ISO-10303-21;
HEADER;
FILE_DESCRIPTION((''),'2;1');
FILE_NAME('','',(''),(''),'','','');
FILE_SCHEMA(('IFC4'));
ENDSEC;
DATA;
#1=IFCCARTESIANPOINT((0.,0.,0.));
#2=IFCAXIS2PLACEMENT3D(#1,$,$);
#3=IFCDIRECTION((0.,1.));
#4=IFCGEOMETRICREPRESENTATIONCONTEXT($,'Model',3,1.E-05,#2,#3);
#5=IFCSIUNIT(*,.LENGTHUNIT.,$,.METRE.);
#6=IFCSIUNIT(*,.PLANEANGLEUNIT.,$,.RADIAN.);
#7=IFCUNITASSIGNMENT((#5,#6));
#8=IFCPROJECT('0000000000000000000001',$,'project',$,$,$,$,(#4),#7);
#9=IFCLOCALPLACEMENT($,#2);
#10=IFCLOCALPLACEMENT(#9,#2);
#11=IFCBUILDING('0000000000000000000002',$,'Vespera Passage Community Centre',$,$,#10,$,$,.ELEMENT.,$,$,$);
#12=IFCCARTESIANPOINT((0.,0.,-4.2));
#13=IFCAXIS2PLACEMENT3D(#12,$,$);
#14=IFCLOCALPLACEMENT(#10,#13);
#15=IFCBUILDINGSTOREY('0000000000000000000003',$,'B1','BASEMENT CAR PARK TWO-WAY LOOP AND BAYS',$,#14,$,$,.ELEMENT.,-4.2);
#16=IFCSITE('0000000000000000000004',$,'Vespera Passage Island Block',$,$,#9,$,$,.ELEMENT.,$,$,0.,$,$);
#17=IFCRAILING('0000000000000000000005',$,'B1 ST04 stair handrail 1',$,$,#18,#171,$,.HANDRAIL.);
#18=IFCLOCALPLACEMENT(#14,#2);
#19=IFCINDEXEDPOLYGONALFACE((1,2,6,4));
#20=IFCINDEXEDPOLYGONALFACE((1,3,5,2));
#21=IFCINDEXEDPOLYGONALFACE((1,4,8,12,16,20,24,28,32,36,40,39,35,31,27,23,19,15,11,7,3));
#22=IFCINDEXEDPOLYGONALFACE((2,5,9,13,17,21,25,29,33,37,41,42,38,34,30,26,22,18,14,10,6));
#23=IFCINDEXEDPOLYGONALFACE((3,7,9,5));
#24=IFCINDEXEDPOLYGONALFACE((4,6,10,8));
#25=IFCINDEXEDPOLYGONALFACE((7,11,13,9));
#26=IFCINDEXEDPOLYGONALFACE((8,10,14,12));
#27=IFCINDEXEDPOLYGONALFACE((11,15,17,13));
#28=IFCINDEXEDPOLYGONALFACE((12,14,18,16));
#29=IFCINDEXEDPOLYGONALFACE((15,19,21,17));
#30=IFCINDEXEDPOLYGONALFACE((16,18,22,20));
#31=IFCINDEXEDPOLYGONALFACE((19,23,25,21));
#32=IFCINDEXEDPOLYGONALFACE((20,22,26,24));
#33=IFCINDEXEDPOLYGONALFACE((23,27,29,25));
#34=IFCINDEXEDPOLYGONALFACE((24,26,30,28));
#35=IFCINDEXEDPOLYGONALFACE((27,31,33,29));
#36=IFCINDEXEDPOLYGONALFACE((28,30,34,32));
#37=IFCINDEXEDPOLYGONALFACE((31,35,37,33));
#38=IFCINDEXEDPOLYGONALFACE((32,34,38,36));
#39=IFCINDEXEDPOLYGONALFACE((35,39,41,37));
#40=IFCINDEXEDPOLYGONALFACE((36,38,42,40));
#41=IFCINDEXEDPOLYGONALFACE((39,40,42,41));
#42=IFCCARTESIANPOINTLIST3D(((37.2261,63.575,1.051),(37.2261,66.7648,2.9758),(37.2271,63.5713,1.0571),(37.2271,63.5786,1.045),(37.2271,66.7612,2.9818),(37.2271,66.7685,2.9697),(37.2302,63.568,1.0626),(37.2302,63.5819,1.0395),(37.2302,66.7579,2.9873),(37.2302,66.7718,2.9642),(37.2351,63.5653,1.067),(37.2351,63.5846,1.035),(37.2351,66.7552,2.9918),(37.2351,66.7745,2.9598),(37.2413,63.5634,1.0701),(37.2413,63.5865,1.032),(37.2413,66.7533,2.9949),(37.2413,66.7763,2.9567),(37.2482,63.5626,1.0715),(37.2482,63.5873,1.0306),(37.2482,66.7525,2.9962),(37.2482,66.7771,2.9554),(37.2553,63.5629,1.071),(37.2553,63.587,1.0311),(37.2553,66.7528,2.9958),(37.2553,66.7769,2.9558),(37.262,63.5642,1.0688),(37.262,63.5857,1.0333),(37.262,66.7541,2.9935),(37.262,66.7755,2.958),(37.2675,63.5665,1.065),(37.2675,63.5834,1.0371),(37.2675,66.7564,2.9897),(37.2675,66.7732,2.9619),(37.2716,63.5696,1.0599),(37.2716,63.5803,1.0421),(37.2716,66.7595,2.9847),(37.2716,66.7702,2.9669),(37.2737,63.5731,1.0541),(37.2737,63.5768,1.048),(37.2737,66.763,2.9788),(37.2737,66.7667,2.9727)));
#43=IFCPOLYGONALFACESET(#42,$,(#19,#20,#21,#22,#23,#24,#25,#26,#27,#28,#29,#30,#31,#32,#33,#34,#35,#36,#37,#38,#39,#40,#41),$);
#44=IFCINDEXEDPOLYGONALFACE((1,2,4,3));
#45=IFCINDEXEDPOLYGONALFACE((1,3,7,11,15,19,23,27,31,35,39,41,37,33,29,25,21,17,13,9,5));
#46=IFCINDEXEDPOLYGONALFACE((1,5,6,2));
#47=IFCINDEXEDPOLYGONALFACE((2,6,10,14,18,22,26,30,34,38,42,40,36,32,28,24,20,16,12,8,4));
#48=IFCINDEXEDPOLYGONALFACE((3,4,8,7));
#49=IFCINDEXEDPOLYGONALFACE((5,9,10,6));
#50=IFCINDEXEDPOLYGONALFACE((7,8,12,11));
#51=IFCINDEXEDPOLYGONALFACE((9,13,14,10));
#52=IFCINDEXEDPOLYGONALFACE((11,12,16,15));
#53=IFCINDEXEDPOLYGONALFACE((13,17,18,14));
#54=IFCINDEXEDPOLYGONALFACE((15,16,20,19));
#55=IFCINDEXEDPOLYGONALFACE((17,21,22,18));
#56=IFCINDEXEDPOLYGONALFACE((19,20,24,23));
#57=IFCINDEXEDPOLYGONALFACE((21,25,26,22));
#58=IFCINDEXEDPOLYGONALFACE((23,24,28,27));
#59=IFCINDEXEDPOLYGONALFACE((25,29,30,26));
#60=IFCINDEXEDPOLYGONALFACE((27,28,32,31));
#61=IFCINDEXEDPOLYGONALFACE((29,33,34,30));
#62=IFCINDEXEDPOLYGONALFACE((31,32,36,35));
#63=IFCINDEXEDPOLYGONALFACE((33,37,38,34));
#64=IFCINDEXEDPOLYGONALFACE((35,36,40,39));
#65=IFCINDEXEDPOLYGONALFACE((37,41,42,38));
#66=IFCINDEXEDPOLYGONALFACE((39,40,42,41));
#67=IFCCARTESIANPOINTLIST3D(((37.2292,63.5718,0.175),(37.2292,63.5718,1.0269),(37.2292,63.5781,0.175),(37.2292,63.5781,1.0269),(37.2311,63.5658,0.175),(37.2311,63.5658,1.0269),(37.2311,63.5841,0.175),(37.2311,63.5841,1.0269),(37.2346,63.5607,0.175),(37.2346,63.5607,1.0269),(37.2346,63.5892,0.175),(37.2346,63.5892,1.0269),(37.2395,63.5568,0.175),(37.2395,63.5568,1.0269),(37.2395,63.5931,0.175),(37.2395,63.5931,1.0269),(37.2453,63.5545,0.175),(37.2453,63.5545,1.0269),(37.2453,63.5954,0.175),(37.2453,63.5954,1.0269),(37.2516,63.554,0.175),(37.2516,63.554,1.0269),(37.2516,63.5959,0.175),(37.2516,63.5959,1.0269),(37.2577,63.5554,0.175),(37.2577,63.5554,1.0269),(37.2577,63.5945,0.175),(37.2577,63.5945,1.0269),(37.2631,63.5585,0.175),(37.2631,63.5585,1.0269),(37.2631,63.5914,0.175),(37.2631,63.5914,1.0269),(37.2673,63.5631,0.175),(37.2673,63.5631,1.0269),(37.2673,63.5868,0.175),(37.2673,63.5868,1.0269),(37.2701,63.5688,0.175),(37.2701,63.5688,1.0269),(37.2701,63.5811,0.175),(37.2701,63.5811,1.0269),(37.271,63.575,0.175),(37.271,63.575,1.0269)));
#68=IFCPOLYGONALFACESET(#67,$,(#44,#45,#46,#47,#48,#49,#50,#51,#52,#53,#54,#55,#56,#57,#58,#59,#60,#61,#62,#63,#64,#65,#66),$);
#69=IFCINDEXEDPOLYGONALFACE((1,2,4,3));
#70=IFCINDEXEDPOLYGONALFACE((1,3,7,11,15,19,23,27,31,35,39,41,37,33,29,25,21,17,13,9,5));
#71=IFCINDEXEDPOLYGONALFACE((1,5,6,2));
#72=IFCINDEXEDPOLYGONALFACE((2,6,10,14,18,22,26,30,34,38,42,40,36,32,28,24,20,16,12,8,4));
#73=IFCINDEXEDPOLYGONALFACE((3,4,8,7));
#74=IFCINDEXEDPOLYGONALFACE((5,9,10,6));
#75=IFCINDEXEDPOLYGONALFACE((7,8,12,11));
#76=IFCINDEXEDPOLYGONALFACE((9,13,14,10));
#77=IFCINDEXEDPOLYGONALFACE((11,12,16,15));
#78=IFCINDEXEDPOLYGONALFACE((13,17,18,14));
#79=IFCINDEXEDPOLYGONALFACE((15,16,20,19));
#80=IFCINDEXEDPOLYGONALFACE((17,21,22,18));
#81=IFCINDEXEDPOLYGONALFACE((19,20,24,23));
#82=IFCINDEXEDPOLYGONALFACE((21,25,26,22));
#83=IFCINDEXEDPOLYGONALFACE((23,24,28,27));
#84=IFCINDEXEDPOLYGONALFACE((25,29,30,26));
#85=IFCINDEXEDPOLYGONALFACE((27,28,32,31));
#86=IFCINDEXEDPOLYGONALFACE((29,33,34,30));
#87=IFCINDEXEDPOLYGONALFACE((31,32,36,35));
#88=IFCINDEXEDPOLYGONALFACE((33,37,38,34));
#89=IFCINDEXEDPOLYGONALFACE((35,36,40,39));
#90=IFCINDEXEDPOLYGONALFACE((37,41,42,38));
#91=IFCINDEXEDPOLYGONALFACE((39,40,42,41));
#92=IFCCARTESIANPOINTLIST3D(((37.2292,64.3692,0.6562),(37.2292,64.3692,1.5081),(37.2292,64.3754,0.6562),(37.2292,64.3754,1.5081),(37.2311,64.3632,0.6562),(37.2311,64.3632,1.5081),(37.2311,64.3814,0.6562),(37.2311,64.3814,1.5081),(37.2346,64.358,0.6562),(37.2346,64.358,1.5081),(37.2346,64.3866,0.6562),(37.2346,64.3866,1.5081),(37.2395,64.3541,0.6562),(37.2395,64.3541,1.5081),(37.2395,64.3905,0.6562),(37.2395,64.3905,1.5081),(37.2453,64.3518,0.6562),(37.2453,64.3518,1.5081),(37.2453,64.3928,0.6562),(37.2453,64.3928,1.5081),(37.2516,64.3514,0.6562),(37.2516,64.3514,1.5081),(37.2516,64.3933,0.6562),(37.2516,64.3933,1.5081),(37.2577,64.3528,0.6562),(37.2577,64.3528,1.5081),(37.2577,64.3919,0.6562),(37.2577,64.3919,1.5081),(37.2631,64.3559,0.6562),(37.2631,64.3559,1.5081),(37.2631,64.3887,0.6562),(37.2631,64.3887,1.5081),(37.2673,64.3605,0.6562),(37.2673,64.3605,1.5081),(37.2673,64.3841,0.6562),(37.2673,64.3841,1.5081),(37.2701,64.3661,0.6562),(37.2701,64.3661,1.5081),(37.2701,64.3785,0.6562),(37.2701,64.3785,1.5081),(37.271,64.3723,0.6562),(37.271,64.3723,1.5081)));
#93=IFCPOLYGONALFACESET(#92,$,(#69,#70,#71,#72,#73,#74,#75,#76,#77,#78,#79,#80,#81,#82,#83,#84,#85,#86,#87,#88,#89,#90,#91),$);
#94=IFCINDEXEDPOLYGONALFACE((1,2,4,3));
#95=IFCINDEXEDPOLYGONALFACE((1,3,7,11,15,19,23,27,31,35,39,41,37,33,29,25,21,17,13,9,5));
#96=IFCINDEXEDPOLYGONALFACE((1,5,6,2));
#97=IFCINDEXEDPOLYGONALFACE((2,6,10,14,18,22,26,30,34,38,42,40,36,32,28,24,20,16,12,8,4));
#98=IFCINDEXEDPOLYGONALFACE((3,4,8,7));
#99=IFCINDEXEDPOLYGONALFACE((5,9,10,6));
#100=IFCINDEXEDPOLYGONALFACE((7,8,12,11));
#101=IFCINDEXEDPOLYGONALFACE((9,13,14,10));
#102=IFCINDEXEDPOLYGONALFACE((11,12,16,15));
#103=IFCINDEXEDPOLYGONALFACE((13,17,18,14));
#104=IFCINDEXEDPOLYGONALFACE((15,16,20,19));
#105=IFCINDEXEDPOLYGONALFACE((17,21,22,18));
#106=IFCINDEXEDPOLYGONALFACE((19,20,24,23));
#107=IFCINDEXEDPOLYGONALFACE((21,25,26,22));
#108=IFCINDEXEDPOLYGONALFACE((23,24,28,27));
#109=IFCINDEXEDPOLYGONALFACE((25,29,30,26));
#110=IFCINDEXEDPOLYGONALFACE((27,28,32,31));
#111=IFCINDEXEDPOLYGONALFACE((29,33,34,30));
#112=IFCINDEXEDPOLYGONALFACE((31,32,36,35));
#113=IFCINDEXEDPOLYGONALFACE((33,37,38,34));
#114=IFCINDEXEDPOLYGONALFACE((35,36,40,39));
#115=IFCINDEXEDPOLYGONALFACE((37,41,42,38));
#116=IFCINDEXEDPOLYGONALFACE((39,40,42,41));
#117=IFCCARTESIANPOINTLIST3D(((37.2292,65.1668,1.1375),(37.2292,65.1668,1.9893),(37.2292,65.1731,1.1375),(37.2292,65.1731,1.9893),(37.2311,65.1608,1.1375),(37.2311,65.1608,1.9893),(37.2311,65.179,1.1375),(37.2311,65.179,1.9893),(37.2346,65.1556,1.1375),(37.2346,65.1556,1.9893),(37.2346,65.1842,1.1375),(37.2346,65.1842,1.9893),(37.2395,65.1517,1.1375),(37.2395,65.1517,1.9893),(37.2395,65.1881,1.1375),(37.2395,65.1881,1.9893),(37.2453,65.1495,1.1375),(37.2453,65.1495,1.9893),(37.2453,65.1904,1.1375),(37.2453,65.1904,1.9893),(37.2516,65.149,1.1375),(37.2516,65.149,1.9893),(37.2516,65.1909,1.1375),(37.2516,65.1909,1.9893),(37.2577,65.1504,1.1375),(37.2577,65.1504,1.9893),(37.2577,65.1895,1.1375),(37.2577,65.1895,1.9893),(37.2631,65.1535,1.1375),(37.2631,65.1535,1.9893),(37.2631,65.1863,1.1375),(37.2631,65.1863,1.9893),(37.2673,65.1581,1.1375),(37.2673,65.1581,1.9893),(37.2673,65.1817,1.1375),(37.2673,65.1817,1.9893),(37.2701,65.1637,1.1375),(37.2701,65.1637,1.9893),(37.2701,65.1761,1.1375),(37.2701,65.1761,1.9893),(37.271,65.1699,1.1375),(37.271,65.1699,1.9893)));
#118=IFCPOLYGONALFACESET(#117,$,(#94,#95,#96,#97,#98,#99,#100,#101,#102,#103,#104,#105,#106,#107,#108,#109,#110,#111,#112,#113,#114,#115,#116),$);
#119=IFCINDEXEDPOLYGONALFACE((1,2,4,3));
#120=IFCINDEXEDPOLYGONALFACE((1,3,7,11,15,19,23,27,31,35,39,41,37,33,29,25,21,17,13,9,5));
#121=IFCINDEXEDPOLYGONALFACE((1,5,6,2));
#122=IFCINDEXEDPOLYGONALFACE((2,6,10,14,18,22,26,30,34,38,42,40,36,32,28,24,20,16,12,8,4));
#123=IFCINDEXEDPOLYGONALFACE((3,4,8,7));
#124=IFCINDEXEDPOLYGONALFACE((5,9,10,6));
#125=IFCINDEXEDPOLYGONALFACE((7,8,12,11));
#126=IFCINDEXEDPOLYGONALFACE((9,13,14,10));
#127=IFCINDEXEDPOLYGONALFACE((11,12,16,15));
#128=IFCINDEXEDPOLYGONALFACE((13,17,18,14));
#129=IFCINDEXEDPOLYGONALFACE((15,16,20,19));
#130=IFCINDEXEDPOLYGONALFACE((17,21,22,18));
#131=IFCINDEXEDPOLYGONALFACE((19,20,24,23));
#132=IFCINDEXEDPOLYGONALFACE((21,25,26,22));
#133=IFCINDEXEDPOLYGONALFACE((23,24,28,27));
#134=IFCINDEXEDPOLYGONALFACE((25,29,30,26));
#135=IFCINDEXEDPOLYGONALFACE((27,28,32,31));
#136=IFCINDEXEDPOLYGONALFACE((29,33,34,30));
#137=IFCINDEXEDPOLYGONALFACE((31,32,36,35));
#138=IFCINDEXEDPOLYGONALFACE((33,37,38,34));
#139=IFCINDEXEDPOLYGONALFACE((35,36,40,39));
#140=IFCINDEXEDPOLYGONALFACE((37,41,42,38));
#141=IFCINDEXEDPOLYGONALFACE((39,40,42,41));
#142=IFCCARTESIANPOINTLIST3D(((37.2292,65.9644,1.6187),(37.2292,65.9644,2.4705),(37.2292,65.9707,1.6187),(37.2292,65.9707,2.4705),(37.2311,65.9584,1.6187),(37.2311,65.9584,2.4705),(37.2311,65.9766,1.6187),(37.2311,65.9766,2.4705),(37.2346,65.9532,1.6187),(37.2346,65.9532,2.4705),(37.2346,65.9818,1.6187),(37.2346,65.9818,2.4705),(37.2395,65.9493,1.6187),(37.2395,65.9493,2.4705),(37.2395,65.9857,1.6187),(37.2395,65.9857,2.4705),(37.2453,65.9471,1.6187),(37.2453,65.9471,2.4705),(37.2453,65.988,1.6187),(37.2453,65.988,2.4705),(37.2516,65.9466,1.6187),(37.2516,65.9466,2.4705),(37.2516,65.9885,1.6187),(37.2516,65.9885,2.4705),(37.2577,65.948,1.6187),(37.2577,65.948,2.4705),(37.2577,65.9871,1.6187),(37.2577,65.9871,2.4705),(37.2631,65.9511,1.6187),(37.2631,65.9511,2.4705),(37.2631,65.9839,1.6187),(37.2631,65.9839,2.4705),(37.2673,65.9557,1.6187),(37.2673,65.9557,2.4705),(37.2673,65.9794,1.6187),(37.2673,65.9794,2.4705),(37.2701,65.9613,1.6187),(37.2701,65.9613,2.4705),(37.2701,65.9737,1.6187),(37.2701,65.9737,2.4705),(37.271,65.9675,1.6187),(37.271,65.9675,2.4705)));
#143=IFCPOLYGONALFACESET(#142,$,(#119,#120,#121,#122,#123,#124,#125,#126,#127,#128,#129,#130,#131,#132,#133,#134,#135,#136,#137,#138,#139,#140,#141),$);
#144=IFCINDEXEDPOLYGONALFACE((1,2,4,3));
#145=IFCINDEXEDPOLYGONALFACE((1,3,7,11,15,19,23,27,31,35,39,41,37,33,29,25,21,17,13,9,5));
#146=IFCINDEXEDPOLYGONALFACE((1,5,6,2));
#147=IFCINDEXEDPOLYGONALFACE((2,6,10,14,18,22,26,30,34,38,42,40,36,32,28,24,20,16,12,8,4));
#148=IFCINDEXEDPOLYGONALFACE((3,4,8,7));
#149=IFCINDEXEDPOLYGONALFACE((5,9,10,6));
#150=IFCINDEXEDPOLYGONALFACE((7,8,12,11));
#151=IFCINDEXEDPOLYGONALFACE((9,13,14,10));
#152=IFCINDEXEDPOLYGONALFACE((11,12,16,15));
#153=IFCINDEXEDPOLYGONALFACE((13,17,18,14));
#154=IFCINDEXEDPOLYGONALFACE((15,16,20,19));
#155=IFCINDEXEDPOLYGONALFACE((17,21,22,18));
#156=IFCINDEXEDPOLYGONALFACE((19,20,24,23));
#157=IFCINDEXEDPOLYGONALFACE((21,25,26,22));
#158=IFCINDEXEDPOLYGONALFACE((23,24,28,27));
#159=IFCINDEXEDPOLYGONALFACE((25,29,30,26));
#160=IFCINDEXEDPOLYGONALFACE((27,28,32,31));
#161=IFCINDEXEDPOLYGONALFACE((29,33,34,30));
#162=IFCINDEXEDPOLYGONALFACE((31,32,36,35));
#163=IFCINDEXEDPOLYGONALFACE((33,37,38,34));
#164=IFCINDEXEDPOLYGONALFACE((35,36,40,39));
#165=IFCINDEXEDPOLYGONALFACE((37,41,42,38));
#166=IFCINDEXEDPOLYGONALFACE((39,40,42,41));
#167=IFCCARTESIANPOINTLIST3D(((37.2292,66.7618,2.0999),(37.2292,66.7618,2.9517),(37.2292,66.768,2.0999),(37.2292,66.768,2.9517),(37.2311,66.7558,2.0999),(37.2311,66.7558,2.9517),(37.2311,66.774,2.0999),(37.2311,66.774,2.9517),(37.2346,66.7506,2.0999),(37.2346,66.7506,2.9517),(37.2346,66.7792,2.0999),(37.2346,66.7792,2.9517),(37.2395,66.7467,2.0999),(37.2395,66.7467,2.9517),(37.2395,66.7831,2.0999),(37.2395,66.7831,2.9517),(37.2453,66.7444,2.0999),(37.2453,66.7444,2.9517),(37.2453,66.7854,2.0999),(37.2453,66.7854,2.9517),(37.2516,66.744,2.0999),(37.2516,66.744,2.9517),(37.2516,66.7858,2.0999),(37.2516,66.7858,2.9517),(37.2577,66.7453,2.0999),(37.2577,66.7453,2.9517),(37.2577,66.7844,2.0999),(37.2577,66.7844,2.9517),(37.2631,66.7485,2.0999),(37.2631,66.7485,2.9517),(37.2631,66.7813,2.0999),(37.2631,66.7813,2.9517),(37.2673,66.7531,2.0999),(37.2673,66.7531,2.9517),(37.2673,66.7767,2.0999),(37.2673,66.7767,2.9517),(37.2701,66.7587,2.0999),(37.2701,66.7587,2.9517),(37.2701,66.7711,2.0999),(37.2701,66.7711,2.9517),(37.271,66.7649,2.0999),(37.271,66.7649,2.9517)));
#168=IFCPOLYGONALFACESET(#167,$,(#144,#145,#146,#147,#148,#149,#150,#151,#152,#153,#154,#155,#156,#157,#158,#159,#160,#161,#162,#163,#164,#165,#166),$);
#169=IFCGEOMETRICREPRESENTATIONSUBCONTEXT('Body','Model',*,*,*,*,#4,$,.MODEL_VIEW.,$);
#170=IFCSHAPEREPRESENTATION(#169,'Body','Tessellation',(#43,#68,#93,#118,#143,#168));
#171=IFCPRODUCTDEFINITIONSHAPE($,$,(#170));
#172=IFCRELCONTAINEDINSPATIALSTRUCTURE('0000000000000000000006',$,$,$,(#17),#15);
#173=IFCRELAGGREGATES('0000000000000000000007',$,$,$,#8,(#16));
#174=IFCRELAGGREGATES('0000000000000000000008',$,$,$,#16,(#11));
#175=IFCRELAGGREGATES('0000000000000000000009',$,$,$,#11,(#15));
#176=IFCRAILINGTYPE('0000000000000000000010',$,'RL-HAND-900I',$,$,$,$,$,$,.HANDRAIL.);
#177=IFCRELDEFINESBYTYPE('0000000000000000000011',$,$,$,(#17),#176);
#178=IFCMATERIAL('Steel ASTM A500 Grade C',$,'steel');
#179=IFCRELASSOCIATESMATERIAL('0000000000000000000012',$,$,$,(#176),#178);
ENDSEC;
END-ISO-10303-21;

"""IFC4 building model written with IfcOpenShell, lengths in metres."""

from ifc_helpers import new_model, si_unit, direction, frame, origin, origin_2d, place, context, subcontext, project, spatial, circle, extrude, material, type_object, element, save


model = new_model("IFC4")

# Units and contexts
model_context = context("Model", 3, precision=1e-05, world=origin(), true_north=direction((0.0, 1.0)))
body_context = subcontext(model_context, "Body", "Model", "MODEL_VIEW")
ifc_project = project(units=[si_unit("LENGTHUNIT", "METRE"), si_unit("PLANEANGLEUNIT", "RADIAN")], contexts=[model_context])

# Site, building, storey
site_placement = place(None, origin())
site = spatial("IfcSite", under=ifc_project, at=site_placement, Name="Vespera Passage Island Block", CompositionType="ELEMENT", RefElevation=0.0)
building_placement = place(site_placement, origin())
building = spatial("IfcBuilding", under=site, at=building_placement, Name="Vespera Passage Community Centre", CompositionType="ELEMENT")
storey_placement = place(building_placement, frame((0.0, 0.0, -4.2)))
storey = spatial("IfcBuildingStorey", under=building, at=storey_placement, Name="B1", Description="BASEMENT CAR PARK TWO-WAY LOOP AND BAYS", CompositionType="ELEMENT", Elevation=-4.2)

# Railing
ifc_material_1 = material(Name="Steel ASTM A500 Grade C", Category="steel")
railing_type_1 = type_object("IfcRailingType", Name="RL-HAND-900I", PredefinedType="HANDRAIL", material=ifc_material_1)
railing_1_placement = place(storey_placement, frame((37.25, 63.575, 0.175)))
element("IfcRailing", 1, at=railing_1_placement, inside=storey, type_object=railing_type_1, Name="B1 ST04 stair handrail 1", PredefinedType="HANDRAIL", context=body_context, shape_type="SweptSolid", body=[
    extrude(circle(Radius=0.0239, at=origin_2d()), frame((0.0, 0.0, 0.876), z_axis=(0.0, 0.856207, 0.516633), x_axis=(-1.0, 0.0, 0.0)), (0.0, 0.0, 1.0), 3.7256),
    extrude(circle(Radius=0.021, at=origin_2d()), origin(), (0.0, 0.0, 1.0), 0.8518),
    extrude(circle(Radius=0.021, at=origin_2d()), frame((0.0, 0.7974, 0.4812)), (0.0, 0.0, 1.0), 0.8518),
    extrude(circle(Radius=0.021, at=origin_2d()), frame((0.0, 1.595, 0.9624)), (0.0, 0.0, 1.0), 0.8518),
    extrude(circle(Radius=0.021, at=origin_2d()), frame((0.0, 2.3926, 1.4436)), (0.0, 0.0, 1.0), 0.8518),
    extrude(circle(Radius=0.021, at=origin_2d()), frame((0.0, 3.1899, 1.9248)), (0.0, 0.0, 1.0), 0.8518),
])

save(model, "model.ifc")
